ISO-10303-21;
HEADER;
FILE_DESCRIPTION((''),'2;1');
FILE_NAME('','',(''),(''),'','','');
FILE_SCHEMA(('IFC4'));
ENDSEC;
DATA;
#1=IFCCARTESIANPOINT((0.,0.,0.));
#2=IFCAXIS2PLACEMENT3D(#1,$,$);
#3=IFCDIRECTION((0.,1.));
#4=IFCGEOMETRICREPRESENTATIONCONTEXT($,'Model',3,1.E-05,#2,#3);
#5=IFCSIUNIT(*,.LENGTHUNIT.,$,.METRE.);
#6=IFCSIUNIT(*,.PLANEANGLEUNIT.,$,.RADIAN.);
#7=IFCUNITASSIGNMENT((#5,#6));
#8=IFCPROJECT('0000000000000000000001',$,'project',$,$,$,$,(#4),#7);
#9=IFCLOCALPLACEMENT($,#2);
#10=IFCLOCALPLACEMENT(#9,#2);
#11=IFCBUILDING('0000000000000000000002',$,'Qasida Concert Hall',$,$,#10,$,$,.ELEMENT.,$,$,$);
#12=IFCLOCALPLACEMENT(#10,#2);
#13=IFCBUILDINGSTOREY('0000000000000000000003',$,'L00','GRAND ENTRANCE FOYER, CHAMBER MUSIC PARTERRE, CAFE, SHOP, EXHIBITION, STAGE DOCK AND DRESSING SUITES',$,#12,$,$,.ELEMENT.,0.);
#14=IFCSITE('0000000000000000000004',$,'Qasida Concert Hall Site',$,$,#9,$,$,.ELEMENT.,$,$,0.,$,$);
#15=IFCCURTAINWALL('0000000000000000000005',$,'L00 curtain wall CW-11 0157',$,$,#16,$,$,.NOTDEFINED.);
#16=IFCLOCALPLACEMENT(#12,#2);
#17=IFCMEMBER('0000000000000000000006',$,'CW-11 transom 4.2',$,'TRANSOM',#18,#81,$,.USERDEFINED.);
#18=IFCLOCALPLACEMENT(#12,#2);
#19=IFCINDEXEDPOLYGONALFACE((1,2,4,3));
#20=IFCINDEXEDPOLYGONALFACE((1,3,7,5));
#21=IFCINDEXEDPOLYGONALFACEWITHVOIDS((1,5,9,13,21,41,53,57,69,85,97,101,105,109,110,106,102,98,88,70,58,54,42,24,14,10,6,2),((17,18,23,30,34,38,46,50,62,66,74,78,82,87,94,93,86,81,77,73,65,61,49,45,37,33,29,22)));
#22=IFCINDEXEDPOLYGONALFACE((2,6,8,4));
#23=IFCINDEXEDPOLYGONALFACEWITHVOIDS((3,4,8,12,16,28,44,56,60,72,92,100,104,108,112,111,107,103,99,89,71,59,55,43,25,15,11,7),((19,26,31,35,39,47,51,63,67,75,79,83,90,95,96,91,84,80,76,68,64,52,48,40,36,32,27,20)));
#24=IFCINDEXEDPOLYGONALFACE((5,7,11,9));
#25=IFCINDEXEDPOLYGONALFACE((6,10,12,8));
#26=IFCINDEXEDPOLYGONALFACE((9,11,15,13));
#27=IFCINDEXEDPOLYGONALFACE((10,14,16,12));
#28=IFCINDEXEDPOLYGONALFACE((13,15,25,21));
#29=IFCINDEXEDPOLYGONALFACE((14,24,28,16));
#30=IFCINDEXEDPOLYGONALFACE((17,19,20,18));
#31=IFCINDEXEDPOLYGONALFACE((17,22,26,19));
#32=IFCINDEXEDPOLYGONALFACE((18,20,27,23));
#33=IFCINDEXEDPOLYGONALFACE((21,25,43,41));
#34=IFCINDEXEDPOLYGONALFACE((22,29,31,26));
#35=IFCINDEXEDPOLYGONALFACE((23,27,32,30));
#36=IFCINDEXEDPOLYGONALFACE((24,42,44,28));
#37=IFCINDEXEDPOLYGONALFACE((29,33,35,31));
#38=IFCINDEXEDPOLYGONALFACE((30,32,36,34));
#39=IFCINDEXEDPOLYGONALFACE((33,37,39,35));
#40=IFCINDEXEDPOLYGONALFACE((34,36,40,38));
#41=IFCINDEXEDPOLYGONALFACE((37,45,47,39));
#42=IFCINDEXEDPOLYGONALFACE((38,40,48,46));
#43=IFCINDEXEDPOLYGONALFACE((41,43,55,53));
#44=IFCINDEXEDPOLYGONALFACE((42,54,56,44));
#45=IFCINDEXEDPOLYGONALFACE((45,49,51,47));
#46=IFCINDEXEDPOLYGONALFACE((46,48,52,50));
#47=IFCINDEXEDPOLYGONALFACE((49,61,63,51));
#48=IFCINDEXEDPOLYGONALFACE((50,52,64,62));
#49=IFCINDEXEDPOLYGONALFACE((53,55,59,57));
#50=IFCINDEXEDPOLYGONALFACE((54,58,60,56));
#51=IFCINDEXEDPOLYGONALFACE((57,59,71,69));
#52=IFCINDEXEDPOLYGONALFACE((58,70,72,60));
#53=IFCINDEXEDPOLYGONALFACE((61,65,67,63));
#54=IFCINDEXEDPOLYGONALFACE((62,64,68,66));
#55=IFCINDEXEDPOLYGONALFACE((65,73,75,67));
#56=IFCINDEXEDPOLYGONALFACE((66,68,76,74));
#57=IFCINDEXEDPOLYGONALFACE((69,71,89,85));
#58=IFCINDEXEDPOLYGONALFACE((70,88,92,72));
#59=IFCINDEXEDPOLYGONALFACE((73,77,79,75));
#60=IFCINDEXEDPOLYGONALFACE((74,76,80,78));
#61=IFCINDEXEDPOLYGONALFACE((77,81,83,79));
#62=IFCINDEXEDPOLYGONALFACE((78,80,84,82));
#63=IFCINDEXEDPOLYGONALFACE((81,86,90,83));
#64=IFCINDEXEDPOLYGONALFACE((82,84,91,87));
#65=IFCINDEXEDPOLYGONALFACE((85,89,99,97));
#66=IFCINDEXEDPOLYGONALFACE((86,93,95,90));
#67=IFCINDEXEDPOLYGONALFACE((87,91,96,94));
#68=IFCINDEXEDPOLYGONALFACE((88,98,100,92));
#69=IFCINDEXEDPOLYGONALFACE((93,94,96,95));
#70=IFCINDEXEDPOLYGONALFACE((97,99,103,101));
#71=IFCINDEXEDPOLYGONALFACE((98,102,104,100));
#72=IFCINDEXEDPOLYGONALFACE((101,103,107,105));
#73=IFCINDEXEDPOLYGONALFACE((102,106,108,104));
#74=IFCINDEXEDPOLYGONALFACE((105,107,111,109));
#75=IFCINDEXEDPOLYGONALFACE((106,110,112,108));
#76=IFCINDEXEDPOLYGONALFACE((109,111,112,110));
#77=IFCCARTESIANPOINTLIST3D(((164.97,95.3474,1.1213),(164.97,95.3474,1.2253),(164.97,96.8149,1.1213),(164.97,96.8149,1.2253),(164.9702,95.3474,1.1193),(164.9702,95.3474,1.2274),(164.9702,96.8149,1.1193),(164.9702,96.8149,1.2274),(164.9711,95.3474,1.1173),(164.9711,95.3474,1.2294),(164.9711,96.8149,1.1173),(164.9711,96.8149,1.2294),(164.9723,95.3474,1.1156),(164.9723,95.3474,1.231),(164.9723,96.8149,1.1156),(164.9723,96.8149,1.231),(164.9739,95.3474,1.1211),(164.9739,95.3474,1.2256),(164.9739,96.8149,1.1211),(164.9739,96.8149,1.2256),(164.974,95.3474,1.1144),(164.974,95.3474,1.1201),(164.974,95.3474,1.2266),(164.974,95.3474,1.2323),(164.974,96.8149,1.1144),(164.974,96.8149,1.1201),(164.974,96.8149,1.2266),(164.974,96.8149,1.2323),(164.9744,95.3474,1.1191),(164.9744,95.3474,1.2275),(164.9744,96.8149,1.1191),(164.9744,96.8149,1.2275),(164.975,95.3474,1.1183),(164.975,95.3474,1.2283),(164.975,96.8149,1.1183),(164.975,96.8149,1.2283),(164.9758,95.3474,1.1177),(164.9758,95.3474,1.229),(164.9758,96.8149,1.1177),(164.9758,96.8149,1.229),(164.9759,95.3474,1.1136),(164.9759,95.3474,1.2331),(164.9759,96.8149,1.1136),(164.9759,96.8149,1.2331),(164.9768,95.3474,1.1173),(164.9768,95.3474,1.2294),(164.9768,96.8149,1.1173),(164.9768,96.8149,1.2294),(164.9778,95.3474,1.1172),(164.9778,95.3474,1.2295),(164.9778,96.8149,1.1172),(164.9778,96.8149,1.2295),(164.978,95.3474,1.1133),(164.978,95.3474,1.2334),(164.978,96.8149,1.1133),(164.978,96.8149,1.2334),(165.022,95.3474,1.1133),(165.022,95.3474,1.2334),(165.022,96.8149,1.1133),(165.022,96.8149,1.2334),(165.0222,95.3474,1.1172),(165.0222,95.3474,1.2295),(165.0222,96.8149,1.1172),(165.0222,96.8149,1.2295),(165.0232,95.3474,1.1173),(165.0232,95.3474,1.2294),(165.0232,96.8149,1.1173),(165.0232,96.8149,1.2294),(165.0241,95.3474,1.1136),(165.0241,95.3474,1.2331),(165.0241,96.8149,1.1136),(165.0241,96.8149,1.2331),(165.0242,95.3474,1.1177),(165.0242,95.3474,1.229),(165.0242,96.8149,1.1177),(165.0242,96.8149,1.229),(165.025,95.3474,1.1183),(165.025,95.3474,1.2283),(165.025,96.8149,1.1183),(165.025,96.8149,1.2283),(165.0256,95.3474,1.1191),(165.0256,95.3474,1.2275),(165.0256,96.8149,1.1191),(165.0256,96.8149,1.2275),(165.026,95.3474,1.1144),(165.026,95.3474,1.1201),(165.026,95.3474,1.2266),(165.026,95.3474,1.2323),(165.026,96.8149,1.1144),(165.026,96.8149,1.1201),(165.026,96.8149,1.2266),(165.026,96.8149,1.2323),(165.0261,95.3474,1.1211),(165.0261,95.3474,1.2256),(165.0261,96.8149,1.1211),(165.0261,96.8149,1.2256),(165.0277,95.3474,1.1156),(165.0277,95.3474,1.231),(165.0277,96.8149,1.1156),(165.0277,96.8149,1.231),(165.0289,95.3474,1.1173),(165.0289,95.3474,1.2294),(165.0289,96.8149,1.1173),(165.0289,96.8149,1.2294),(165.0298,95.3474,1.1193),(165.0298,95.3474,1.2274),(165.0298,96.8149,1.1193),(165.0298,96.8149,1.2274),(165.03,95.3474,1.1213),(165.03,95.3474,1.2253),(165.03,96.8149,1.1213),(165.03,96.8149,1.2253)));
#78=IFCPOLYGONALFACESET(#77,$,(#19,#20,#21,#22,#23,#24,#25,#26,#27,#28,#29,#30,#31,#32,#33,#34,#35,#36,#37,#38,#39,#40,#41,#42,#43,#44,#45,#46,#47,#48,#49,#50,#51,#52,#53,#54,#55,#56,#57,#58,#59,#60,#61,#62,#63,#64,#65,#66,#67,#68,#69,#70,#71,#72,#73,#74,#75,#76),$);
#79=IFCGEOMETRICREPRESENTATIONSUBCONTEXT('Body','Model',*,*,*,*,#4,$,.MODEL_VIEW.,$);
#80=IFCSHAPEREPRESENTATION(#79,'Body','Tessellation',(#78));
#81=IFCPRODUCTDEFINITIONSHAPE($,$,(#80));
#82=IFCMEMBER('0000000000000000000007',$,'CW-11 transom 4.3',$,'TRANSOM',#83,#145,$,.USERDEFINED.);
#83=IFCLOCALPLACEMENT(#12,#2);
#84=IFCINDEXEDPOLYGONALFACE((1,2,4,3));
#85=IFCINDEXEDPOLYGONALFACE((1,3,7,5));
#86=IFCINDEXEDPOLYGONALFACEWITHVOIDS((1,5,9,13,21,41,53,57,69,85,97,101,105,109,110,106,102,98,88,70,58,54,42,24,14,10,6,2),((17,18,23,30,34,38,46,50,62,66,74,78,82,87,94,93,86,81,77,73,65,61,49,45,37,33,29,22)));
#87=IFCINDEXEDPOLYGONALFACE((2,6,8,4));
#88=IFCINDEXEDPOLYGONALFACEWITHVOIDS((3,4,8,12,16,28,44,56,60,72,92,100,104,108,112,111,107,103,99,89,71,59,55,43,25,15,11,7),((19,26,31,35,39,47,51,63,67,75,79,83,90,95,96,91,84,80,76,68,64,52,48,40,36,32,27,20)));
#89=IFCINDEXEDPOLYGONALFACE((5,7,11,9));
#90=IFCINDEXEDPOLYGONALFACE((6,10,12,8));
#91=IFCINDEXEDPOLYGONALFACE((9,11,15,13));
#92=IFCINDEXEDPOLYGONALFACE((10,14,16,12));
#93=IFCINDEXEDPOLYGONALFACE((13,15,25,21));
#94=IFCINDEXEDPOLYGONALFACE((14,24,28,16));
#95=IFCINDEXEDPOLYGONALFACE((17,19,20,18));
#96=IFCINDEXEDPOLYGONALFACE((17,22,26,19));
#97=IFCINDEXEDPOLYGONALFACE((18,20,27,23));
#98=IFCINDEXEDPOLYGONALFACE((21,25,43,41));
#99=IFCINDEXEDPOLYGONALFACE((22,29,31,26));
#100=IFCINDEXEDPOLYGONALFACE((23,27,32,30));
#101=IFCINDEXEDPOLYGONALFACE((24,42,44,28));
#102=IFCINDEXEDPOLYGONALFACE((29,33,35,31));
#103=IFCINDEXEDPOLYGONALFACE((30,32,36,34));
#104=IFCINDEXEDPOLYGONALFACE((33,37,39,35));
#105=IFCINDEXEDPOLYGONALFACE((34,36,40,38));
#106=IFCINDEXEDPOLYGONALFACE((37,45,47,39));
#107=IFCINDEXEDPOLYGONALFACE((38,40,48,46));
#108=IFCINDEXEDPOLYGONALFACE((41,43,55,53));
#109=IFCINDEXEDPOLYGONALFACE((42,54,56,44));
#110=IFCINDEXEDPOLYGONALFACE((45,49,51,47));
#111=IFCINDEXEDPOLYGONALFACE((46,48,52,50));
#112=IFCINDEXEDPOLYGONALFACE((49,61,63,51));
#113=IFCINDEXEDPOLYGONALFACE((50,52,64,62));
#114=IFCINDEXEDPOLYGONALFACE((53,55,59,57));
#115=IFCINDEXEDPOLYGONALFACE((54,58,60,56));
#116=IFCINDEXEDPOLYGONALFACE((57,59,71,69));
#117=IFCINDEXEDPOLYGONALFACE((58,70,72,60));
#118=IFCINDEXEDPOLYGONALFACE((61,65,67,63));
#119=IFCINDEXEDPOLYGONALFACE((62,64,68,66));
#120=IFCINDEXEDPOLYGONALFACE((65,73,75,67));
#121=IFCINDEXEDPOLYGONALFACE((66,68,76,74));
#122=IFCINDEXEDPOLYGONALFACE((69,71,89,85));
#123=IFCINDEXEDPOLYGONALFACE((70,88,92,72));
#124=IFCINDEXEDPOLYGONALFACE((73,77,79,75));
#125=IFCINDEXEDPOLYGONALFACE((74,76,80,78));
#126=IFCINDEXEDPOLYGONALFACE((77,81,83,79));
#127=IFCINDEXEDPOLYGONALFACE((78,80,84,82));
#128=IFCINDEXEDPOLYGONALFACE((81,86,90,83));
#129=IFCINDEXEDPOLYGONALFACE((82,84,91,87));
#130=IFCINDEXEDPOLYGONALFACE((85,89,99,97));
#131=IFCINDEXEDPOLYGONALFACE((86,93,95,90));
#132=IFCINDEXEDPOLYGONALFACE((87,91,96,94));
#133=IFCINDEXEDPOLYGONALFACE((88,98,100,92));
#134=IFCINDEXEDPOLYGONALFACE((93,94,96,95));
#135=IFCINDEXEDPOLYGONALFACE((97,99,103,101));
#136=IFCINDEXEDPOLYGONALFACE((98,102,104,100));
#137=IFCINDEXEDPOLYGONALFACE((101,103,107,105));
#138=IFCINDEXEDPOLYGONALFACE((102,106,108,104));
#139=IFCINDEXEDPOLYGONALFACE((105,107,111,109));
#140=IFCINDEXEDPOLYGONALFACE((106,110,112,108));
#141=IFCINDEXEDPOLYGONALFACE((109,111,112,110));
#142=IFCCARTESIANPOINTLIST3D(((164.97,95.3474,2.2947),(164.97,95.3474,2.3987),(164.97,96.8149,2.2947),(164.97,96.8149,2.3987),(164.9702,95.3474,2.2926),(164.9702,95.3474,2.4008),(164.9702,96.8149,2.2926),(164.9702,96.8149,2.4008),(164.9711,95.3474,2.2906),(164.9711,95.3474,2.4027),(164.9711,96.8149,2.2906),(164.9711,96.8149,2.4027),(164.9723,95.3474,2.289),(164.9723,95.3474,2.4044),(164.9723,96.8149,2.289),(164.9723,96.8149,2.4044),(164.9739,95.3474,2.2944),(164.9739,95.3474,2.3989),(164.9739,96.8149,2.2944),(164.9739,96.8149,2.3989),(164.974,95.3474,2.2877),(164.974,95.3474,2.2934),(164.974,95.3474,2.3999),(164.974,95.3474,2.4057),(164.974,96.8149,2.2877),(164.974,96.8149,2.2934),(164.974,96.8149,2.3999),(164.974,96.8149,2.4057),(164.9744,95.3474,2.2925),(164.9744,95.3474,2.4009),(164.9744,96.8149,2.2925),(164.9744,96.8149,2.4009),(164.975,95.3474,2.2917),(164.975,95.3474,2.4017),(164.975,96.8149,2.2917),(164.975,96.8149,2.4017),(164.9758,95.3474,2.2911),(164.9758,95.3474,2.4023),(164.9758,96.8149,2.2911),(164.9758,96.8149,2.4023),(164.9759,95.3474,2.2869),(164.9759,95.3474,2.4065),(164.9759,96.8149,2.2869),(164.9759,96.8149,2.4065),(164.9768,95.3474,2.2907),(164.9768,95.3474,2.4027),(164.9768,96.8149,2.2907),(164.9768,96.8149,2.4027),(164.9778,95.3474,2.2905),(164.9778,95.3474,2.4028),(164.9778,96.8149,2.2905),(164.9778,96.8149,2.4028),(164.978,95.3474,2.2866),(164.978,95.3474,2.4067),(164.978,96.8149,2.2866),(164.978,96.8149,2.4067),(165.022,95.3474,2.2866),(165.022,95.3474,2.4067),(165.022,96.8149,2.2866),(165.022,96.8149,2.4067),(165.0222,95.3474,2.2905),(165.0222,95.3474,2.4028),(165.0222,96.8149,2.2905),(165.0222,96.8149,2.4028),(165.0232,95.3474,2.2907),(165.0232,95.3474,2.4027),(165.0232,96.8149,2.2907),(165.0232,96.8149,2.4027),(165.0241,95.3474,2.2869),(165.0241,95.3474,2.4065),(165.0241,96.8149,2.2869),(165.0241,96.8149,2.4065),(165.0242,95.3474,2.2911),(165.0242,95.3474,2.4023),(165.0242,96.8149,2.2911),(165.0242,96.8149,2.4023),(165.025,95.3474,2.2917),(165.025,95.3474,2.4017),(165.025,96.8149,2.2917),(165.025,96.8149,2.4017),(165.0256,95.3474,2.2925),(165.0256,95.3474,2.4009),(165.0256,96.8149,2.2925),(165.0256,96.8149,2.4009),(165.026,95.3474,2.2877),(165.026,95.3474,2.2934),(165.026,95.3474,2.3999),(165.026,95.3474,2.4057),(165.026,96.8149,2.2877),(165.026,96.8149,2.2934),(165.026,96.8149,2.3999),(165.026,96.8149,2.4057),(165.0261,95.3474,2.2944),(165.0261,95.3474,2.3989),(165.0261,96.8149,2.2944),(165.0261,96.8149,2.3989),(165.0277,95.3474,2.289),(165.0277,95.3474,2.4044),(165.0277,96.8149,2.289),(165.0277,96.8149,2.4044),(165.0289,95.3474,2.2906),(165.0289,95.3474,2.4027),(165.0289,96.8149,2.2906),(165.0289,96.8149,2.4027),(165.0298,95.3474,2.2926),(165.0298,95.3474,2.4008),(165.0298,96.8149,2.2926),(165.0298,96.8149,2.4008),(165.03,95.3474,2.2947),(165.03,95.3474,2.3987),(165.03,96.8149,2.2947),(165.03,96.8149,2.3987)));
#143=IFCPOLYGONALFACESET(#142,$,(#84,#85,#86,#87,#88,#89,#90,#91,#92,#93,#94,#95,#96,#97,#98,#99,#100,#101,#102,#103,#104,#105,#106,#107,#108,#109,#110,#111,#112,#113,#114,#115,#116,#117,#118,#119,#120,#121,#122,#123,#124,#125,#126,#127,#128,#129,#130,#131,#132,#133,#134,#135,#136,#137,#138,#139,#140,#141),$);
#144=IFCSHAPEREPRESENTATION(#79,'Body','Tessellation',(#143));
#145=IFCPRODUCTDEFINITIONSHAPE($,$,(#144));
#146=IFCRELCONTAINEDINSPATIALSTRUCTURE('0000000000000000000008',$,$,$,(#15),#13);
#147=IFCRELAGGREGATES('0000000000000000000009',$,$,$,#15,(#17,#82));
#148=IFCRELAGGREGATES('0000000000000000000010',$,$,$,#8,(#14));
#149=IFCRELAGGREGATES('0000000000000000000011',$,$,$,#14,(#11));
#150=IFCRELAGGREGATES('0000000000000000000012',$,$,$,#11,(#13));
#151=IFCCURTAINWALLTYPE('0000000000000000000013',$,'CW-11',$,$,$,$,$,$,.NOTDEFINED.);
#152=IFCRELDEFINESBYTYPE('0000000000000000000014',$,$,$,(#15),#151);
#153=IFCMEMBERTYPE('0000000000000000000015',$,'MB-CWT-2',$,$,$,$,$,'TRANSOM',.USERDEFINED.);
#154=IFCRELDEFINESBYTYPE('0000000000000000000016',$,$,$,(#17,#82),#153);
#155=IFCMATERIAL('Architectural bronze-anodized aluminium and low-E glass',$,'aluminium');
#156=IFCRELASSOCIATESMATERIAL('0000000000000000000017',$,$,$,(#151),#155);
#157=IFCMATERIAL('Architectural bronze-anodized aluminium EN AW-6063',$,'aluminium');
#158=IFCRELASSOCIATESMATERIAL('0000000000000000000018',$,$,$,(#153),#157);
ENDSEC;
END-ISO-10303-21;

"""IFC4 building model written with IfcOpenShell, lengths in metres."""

from ifc_helpers import new_model, si_unit, direction, frame, origin, origin_2d, place, context, subcontext, project, spatial, hollow_rectangle, extrude, material, material_profile, profile_set, type_object, element, aggregate, save


model = new_model("IFC4")

# Units and contexts
model_context = context("Model", 3, precision=1e-05, world=origin(), true_north=direction((0.0, 1.0)))
body_context = subcontext(model_context, "Body", "Model", "MODEL_VIEW")
ifc_project = project(units=[si_unit("LENGTHUNIT", "METRE"), si_unit("PLANEANGLEUNIT", "RADIAN")], contexts=[model_context])

# Site, building, storey
site_placement = place(None, origin())
site = spatial("IfcSite", under=ifc_project, at=site_placement, Name="Qasida Concert Hall Site", CompositionType="ELEMENT", RefElevation=0.0)
building_placement = place(site_placement, origin())
building = spatial("IfcBuilding", under=site, at=building_placement, Name="Qasida Concert Hall", CompositionType="ELEMENT")
storey_placement = place(building_placement, origin())
storey = spatial("IfcBuildingStorey", under=building, at=storey_placement, Name="L00", Description="GRAND ENTRANCE FOYER, CHAMBER MUSIC PARTERRE, CAFE, SHOP, EXHIBITION, STAGE DOCK AND DRESSING SUITES", CompositionType="ELEMENT", Elevation=0.0)

# Curtain wall, members
ifc_material_1 = material(Name="Architectural bronze-anodized aluminium and low-E glass", Category="aluminium")
curtain_wall_type = type_object("IfcCurtainWallType", Name="CW-11", PredefinedType="NOTDEFINED", material=ifc_material_1)
curtain_wall_placement = place(storey_placement, origin())
curtain_wall = element("IfcCurtainWall", 1, at=curtain_wall_placement, inside=storey, type_object=curtain_wall_type, Name="L00 curtain wall CW-11 0157", PredefinedType="NOTDEFINED")
ifc_material_2 = material(Name="Architectural bronze-anodized aluminium EN AW-6063", Category="aluminium")
ifc_material_profile_1 = material_profile(ifc_material_2, hollow_rectangle(XDim=0.0601, YDim=0.1201, WallThickness=0.0039, InnerFilletRadius=0.0039, OuterFilletRadius=0.0081, at=origin_2d()), Name="CWT 120x60x4")
ifc_profile_set_1 = profile_set([ifc_material_profile_1], Name="Architectural bronze-anodized aluminium EN AW-6063")
member_type_1 = type_object("IfcMemberType", Name="MB-CWT-2", ElementType="TRANSOM", PredefinedType="USERDEFINED", material=ifc_profile_set_1)
member_1_placement = place(storey_placement, frame((165.0, 95.3474, 1.1733), z_axis=(0.0, 1.0, 0.0), x_axis=(-1.0, 0.0, 0.0)))
member_1 = element("IfcMember", 2, at=member_1_placement, type_object=member_type_1, Name="CW-11 transom 4.2", ObjectType="TRANSOM", PredefinedType="USERDEFINED", context=body_context, shape_type="SweptSolid", body=[
    extrude(hollow_rectangle(XDim=0.0601, YDim=0.1201, WallThickness=0.0039, InnerFilletRadius=0.0039, OuterFilletRadius=0.0081, at=origin_2d()), origin(), (0.0, 0.0, 1.0), 1.4675),
])
member_2_placement = place(storey_placement, frame((165.0, 95.3474, 2.3467), z_axis=(0.0, 1.0, 0.0), x_axis=(-1.0, 0.0, 0.0)))
member_2 = element("IfcMember", 3, at=member_2_placement, type_object=member_type_1, Name="CW-11 transom 4.3", ObjectType="TRANSOM", PredefinedType="USERDEFINED", context=body_context, shape_type="SweptSolid", body=[
    extrude(hollow_rectangle(XDim=0.0601, YDim=0.1201, WallThickness=0.0039, InnerFilletRadius=0.0039, OuterFilletRadius=0.0081, at=origin_2d()), origin(), (0.0, 0.0, 1.0), 1.4675),
])
aggregate(curtain_wall, [member_1, member_2])

save(model, "model.ifc")
